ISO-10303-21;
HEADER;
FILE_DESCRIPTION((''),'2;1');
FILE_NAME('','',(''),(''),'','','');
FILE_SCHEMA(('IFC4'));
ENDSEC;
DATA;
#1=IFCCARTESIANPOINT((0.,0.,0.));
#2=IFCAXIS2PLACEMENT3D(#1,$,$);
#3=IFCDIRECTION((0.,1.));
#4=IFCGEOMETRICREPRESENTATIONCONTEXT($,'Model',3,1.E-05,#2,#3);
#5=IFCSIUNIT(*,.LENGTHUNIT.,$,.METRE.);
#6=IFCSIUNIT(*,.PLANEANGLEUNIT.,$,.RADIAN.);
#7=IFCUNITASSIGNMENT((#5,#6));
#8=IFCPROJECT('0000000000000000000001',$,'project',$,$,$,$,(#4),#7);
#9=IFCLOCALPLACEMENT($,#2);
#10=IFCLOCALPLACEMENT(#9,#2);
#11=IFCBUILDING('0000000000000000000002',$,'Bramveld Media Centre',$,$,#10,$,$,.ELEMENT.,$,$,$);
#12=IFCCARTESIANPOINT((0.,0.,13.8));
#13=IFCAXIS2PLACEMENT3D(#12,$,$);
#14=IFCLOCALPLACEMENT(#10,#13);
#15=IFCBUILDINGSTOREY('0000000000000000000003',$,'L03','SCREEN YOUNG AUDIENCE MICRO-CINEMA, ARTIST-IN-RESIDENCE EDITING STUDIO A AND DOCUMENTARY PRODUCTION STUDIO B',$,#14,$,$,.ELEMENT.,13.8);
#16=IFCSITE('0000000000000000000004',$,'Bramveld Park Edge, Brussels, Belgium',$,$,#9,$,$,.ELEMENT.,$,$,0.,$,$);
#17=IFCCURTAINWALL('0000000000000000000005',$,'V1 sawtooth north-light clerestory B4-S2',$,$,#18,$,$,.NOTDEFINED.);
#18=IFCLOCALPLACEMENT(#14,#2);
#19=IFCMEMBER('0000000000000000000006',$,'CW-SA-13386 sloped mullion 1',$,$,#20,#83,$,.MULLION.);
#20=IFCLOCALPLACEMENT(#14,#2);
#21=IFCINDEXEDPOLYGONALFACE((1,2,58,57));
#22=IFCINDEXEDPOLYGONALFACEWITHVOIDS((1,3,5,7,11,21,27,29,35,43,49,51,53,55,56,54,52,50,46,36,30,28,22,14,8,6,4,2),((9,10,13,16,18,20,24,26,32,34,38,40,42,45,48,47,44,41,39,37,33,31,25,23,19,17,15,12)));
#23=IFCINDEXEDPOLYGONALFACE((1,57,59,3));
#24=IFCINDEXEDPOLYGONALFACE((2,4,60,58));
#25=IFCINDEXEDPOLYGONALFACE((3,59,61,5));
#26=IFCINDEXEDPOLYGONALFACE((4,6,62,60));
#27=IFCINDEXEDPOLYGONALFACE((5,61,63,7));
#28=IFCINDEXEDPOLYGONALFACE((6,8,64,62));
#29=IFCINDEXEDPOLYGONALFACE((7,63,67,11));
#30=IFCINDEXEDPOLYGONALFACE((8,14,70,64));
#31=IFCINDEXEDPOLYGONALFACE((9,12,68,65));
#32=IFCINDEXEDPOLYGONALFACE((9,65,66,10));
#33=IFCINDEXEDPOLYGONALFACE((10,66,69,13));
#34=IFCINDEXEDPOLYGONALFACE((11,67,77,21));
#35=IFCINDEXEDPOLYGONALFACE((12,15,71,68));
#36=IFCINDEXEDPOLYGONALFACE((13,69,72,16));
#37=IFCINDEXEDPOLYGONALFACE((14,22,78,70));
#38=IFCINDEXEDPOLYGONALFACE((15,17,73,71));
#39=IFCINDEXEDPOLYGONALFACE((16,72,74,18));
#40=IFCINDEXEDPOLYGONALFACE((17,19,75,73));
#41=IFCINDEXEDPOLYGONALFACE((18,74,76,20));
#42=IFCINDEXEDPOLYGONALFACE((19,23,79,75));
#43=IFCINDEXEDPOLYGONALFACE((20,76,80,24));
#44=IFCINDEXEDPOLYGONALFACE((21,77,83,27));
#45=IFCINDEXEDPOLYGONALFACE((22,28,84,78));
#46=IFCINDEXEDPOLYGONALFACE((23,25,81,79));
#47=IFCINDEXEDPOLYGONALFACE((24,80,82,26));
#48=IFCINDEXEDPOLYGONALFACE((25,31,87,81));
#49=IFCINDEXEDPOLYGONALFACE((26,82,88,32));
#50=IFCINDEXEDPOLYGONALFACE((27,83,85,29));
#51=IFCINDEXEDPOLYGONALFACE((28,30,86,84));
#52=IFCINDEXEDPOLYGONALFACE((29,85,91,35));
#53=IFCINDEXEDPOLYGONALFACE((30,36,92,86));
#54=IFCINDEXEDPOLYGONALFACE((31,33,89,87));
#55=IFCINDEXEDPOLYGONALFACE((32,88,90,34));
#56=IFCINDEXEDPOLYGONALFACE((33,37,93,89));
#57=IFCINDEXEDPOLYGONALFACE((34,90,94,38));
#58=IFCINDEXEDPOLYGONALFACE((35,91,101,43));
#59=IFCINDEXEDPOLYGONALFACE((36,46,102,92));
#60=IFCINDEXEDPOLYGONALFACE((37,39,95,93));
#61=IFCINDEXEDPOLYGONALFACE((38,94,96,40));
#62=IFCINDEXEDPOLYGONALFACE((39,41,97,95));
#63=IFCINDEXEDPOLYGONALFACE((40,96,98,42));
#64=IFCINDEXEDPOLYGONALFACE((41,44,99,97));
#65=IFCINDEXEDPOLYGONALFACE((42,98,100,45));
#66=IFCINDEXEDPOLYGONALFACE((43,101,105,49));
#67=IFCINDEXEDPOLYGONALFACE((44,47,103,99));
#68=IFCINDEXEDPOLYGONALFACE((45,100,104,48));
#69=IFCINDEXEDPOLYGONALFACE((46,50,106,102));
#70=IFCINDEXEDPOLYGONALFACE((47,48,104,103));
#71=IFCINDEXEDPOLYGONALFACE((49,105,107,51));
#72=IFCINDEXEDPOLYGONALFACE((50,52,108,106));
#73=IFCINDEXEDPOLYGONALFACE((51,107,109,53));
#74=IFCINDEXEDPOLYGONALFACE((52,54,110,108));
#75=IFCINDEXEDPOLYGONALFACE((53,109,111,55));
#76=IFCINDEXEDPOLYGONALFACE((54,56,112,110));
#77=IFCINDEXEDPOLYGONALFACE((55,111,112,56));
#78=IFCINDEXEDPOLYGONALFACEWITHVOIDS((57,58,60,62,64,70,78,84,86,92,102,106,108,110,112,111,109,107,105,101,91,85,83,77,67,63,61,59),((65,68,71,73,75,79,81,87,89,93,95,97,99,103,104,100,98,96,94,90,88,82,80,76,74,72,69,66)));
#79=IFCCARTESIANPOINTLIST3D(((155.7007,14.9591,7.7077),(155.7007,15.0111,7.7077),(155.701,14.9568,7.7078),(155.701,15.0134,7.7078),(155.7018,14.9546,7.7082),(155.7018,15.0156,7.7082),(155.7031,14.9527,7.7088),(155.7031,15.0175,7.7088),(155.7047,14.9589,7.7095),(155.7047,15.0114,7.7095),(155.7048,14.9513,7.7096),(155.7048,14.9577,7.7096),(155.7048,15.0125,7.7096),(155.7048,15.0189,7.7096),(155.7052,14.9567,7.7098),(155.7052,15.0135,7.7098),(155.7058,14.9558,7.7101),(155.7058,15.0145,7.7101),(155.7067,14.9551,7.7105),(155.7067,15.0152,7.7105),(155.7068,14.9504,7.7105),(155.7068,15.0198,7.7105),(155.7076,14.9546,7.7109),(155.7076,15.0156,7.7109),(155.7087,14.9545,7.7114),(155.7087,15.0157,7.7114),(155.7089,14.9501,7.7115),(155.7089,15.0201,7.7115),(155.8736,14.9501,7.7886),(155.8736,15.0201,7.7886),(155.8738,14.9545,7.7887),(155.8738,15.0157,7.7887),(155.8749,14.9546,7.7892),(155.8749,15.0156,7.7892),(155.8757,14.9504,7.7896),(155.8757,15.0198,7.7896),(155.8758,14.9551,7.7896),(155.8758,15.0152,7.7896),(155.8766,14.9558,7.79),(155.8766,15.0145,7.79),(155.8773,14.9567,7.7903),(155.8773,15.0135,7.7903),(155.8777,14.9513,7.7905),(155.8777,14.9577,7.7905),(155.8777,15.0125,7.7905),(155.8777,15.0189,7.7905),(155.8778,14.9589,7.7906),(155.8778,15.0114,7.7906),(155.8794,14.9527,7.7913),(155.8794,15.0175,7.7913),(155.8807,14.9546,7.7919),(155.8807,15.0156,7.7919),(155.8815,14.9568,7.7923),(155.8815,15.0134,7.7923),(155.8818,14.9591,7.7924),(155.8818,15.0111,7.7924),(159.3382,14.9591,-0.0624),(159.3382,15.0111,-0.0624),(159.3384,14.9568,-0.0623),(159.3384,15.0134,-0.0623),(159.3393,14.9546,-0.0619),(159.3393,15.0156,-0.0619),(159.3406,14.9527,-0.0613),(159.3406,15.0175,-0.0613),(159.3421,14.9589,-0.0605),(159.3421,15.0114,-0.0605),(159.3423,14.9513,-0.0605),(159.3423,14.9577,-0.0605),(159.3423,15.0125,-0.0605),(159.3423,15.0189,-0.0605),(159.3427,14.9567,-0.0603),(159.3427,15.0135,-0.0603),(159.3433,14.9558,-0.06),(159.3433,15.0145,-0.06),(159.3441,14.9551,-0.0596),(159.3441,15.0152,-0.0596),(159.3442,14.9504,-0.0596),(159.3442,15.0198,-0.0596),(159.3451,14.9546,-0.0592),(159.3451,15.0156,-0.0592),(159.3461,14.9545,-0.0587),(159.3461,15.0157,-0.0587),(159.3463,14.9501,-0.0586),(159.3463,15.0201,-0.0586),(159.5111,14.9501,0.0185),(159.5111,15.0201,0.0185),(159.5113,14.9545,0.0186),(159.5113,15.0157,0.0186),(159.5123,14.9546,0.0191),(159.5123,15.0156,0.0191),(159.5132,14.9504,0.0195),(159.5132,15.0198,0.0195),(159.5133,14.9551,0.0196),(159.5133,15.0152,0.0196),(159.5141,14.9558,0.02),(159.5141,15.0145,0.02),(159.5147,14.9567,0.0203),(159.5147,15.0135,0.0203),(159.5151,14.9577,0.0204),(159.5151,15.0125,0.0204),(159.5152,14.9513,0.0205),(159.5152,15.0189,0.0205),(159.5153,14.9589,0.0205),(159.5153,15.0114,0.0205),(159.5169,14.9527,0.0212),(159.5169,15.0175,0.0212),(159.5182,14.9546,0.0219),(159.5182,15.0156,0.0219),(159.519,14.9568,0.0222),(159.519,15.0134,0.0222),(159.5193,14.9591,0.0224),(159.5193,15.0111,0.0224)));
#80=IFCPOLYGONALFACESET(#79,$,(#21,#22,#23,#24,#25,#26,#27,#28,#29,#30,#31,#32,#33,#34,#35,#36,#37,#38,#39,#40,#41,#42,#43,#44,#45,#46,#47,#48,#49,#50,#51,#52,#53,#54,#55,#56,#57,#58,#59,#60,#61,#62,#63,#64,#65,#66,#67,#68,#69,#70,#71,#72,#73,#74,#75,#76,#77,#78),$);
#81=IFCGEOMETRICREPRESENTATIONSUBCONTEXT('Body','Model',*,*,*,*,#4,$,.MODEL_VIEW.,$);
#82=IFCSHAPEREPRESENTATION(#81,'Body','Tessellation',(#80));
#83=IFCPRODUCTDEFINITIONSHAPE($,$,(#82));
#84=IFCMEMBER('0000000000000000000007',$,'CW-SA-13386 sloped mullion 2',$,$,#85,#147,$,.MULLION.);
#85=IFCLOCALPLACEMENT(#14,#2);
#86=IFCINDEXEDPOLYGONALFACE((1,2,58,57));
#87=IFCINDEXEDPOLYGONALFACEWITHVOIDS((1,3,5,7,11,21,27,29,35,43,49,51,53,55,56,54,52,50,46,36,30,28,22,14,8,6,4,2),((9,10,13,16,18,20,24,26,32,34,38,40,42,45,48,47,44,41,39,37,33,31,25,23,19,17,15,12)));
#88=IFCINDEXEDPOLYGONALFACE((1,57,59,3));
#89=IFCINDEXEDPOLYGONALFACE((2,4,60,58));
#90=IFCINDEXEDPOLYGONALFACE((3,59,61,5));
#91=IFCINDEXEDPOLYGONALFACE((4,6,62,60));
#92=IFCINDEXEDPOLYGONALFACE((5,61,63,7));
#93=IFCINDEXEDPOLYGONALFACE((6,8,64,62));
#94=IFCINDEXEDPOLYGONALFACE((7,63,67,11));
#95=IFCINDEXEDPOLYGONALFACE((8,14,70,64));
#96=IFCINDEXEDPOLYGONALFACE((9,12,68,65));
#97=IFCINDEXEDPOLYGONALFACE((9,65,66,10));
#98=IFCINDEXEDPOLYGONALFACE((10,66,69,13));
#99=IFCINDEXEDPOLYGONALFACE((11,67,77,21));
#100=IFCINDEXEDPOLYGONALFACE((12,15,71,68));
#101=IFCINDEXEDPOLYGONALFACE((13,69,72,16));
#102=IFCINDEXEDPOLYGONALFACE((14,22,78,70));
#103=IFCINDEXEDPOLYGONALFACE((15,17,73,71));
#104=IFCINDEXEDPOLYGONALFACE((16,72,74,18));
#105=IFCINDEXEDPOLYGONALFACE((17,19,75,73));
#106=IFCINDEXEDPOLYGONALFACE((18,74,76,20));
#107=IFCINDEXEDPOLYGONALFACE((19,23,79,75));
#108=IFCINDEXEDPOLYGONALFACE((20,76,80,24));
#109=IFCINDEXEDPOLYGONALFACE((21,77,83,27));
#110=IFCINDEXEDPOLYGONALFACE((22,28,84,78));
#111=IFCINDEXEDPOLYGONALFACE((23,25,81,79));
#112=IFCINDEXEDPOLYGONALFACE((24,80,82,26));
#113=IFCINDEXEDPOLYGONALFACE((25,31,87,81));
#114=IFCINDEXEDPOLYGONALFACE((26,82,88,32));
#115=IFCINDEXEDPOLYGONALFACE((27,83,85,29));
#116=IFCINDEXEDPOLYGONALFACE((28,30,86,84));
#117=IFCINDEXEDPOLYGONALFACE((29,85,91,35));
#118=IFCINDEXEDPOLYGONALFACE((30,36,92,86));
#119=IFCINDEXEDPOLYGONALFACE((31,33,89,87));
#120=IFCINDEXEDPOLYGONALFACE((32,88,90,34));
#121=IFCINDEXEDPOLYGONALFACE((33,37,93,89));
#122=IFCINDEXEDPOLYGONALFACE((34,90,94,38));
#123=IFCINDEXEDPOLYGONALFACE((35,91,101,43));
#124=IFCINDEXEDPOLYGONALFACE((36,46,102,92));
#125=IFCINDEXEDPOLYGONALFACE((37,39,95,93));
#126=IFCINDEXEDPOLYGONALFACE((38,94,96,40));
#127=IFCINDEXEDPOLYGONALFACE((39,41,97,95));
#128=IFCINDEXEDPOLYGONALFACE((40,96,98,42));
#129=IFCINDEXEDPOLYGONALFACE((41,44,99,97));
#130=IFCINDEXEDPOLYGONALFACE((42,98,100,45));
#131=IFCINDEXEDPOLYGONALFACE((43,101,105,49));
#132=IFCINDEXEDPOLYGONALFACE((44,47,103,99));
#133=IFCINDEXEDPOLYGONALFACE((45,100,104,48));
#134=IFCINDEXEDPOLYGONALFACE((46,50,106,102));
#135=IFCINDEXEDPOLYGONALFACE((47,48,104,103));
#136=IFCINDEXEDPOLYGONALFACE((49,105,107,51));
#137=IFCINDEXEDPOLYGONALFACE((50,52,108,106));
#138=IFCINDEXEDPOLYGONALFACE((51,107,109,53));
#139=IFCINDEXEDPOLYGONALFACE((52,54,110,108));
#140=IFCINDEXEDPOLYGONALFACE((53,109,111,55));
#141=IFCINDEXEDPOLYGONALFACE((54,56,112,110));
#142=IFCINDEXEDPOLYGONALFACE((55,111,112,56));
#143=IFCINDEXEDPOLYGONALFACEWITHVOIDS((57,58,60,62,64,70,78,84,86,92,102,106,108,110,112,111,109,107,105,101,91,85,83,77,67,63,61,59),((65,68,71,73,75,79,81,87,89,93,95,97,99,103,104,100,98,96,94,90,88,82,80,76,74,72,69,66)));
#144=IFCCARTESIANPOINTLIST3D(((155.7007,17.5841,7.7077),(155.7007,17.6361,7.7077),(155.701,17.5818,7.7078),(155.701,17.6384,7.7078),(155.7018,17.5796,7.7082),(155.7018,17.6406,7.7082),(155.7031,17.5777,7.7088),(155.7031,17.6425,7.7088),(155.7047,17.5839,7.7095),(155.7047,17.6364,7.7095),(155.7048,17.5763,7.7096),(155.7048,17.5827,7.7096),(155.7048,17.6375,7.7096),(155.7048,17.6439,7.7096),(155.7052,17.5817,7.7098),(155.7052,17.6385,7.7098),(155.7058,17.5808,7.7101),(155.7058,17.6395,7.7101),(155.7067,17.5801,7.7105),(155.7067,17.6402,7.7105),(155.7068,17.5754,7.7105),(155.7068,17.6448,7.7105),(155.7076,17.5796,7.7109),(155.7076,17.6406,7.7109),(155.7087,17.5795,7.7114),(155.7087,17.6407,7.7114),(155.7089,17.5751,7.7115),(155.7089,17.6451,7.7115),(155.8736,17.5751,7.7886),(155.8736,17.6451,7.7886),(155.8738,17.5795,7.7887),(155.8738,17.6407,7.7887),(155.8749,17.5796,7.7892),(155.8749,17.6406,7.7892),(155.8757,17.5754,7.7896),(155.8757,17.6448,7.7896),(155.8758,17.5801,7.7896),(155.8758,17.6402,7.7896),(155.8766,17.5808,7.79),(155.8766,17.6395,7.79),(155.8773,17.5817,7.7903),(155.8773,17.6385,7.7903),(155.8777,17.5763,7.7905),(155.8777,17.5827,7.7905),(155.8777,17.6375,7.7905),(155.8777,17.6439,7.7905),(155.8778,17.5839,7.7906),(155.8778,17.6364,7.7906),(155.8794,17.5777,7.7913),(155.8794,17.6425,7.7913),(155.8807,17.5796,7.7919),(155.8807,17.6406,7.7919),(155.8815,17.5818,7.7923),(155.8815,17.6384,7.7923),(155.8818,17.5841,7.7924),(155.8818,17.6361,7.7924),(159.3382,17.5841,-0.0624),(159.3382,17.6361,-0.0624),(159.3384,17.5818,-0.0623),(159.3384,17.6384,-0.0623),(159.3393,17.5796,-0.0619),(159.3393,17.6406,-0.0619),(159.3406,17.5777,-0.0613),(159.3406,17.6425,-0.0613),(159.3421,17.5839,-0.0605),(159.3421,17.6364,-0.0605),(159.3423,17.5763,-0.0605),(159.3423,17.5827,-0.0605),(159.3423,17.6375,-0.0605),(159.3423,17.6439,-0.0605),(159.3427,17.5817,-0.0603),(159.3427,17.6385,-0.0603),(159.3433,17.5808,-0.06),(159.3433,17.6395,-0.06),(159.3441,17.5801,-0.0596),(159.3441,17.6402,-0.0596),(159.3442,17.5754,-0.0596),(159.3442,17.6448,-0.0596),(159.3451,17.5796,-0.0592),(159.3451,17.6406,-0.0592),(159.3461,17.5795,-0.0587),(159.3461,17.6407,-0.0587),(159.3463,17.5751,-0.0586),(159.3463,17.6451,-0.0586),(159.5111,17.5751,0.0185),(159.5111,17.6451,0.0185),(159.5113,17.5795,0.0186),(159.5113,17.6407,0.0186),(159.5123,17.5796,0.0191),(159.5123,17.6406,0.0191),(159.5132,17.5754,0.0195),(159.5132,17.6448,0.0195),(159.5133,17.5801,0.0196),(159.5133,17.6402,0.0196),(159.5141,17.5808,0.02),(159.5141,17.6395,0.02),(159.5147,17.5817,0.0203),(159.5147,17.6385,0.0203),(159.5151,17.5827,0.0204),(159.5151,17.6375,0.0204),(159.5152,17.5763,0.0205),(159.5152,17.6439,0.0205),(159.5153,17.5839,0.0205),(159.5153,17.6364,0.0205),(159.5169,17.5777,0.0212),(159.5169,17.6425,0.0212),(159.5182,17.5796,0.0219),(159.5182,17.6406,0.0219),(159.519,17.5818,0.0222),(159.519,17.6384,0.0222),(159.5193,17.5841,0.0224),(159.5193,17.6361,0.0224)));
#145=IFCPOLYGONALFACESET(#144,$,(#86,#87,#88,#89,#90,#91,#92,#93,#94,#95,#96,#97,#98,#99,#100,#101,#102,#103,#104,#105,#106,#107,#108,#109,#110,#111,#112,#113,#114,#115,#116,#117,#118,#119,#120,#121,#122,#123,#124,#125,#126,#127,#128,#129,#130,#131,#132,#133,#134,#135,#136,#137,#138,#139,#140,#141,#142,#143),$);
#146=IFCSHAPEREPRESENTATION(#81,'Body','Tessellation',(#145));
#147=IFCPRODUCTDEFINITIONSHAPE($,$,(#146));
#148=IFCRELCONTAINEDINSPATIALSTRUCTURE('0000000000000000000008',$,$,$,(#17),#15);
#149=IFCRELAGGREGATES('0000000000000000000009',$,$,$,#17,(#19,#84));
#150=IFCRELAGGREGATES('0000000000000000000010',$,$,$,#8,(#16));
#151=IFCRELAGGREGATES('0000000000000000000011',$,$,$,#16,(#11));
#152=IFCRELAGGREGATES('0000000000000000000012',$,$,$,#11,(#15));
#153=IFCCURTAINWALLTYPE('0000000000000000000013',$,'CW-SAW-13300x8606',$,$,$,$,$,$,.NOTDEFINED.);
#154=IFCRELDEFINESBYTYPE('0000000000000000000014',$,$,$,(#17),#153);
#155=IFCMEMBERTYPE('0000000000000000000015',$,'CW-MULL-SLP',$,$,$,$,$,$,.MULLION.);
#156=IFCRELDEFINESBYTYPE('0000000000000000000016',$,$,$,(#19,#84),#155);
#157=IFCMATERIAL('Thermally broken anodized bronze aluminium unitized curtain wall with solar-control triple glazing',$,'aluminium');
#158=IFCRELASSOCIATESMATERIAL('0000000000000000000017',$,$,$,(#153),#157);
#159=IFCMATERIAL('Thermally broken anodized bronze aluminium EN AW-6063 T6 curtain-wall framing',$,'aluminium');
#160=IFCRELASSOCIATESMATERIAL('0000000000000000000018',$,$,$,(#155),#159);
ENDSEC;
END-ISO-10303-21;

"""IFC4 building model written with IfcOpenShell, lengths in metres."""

from ifc_helpers import new_model, si_unit, direction, frame, origin, origin_2d, place, context, subcontext, project, spatial, hollow_rectangle, extrude, material, material_profile, profile_set, type_object, element, aggregate, save


model = new_model("IFC4")

# Units and contexts
model_context = context("Model", 3, precision=1e-05, world=origin(), true_north=direction((0.0, 1.0)))
body_context = subcontext(model_context, "Body", "Model", "MODEL_VIEW")
ifc_project = project(units=[si_unit("LENGTHUNIT", "METRE"), si_unit("PLANEANGLEUNIT", "RADIAN")], contexts=[model_context])

# Site, building, storey
site_placement = place(None, origin())
site = spatial("IfcSite", under=ifc_project, at=site_placement, Name="Bramveld Park Edge, Brussels, Belgium", CompositionType="ELEMENT", RefElevation=0.0)
building_placement = place(site_placement, origin())
building = spatial("IfcBuilding", under=site, at=building_placement, Name="Bramveld Media Centre", CompositionType="ELEMENT")
storey_placement = place(building_placement, frame((0.0, 0.0, 13.8)))
storey = spatial("IfcBuildingStorey", under=building, at=storey_placement, Name="L03", Description="SCREEN YOUNG AUDIENCE MICRO-CINEMA, ARTIST-IN-RESIDENCE EDITING STUDIO A AND DOCUMENTARY PRODUCTION STUDIO B", CompositionType="ELEMENT", Elevation=13.8)

# Curtain wall, members
ifc_material_1 = material(Name="Thermally broken anodized bronze aluminium unitized curtain wall with solar-control triple glazing", Category="aluminium")
curtain_wall_type = type_object("IfcCurtainWallType", Name="CW-SAW-13300x8606", PredefinedType="NOTDEFINED", material=ifc_material_1)
ifc_material_2 = material(Name="Thermally broken anodized bronze aluminium EN AW-6063 T6 curtain-wall framing", Category="aluminium")
ifc_material_profile_1 = material_profile(ifc_material_2, hollow_rectangle(XDim=0.0701, YDim=0.2, WallThickness=0.0044, InnerFilletRadius=0.0044, OuterFilletRadius=0.009, at=origin_2d()), Name="AL-MULL 70x200")
ifc_profile_set_1 = profile_set([ifc_material_profile_1], Name="Thermally broken anodized bronze aluminium EN AW-6063 T6 curtain-wall framing")
member_type_1 = type_object("IfcMemberType", Name="CW-MULL-SLP", PredefinedType="MULLION", material=ifc_profile_set_1)
curtain_wall_1_placement = place(storey_placement, origin())
curtain_wall_1 = element("IfcCurtainWall", 1, at=curtain_wall_1_placement, inside=storey, type_object=curtain_wall_type, Name="V1 sawtooth north-light clerestory B4-S2", PredefinedType="NOTDEFINED")
member_1_placement = place(storey_placement, frame((159.4287, 14.9851, -0.02), z_axis=(-0.42398, 0.0, 0.905671), x_axis=(0.0, -1.0, 0.0)))
member_1 = element("IfcMember", 2, at=member_1_placement, type_object=member_type_1, Name="CW-SA-13386 sloped mullion 1", PredefinedType="MULLION", context=body_context, shape_type="SweptSolid", body=[
    extrude(hollow_rectangle(XDim=0.0701, YDim=0.2, WallThickness=0.0044, InnerFilletRadius=0.0044, OuterFilletRadius=0.009, at=origin_2d()), origin(), (0.0, 0.0, 1.0), 8.5793),
])
member_2_placement = place(storey_placement, frame((159.4287, 17.6101, -0.02), z_axis=(-0.42398, 0.0, 0.905671), x_axis=(0.0, -1.0, 0.0)))
member_2 = element("IfcMember", 3, at=member_2_placement, type_object=member_type_1, Name="CW-SA-13386 sloped mullion 2", PredefinedType="MULLION", context=body_context, shape_type="SweptSolid", body=[
    extrude(hollow_rectangle(XDim=0.0701, YDim=0.2, WallThickness=0.0044, InnerFilletRadius=0.0044, OuterFilletRadius=0.009, at=origin_2d()), origin(), (0.0, 0.0, 1.0), 8.5793),
])

aggregate(curtain_wall_1, [member_1, member_2])

save(model, "model.ifc")
